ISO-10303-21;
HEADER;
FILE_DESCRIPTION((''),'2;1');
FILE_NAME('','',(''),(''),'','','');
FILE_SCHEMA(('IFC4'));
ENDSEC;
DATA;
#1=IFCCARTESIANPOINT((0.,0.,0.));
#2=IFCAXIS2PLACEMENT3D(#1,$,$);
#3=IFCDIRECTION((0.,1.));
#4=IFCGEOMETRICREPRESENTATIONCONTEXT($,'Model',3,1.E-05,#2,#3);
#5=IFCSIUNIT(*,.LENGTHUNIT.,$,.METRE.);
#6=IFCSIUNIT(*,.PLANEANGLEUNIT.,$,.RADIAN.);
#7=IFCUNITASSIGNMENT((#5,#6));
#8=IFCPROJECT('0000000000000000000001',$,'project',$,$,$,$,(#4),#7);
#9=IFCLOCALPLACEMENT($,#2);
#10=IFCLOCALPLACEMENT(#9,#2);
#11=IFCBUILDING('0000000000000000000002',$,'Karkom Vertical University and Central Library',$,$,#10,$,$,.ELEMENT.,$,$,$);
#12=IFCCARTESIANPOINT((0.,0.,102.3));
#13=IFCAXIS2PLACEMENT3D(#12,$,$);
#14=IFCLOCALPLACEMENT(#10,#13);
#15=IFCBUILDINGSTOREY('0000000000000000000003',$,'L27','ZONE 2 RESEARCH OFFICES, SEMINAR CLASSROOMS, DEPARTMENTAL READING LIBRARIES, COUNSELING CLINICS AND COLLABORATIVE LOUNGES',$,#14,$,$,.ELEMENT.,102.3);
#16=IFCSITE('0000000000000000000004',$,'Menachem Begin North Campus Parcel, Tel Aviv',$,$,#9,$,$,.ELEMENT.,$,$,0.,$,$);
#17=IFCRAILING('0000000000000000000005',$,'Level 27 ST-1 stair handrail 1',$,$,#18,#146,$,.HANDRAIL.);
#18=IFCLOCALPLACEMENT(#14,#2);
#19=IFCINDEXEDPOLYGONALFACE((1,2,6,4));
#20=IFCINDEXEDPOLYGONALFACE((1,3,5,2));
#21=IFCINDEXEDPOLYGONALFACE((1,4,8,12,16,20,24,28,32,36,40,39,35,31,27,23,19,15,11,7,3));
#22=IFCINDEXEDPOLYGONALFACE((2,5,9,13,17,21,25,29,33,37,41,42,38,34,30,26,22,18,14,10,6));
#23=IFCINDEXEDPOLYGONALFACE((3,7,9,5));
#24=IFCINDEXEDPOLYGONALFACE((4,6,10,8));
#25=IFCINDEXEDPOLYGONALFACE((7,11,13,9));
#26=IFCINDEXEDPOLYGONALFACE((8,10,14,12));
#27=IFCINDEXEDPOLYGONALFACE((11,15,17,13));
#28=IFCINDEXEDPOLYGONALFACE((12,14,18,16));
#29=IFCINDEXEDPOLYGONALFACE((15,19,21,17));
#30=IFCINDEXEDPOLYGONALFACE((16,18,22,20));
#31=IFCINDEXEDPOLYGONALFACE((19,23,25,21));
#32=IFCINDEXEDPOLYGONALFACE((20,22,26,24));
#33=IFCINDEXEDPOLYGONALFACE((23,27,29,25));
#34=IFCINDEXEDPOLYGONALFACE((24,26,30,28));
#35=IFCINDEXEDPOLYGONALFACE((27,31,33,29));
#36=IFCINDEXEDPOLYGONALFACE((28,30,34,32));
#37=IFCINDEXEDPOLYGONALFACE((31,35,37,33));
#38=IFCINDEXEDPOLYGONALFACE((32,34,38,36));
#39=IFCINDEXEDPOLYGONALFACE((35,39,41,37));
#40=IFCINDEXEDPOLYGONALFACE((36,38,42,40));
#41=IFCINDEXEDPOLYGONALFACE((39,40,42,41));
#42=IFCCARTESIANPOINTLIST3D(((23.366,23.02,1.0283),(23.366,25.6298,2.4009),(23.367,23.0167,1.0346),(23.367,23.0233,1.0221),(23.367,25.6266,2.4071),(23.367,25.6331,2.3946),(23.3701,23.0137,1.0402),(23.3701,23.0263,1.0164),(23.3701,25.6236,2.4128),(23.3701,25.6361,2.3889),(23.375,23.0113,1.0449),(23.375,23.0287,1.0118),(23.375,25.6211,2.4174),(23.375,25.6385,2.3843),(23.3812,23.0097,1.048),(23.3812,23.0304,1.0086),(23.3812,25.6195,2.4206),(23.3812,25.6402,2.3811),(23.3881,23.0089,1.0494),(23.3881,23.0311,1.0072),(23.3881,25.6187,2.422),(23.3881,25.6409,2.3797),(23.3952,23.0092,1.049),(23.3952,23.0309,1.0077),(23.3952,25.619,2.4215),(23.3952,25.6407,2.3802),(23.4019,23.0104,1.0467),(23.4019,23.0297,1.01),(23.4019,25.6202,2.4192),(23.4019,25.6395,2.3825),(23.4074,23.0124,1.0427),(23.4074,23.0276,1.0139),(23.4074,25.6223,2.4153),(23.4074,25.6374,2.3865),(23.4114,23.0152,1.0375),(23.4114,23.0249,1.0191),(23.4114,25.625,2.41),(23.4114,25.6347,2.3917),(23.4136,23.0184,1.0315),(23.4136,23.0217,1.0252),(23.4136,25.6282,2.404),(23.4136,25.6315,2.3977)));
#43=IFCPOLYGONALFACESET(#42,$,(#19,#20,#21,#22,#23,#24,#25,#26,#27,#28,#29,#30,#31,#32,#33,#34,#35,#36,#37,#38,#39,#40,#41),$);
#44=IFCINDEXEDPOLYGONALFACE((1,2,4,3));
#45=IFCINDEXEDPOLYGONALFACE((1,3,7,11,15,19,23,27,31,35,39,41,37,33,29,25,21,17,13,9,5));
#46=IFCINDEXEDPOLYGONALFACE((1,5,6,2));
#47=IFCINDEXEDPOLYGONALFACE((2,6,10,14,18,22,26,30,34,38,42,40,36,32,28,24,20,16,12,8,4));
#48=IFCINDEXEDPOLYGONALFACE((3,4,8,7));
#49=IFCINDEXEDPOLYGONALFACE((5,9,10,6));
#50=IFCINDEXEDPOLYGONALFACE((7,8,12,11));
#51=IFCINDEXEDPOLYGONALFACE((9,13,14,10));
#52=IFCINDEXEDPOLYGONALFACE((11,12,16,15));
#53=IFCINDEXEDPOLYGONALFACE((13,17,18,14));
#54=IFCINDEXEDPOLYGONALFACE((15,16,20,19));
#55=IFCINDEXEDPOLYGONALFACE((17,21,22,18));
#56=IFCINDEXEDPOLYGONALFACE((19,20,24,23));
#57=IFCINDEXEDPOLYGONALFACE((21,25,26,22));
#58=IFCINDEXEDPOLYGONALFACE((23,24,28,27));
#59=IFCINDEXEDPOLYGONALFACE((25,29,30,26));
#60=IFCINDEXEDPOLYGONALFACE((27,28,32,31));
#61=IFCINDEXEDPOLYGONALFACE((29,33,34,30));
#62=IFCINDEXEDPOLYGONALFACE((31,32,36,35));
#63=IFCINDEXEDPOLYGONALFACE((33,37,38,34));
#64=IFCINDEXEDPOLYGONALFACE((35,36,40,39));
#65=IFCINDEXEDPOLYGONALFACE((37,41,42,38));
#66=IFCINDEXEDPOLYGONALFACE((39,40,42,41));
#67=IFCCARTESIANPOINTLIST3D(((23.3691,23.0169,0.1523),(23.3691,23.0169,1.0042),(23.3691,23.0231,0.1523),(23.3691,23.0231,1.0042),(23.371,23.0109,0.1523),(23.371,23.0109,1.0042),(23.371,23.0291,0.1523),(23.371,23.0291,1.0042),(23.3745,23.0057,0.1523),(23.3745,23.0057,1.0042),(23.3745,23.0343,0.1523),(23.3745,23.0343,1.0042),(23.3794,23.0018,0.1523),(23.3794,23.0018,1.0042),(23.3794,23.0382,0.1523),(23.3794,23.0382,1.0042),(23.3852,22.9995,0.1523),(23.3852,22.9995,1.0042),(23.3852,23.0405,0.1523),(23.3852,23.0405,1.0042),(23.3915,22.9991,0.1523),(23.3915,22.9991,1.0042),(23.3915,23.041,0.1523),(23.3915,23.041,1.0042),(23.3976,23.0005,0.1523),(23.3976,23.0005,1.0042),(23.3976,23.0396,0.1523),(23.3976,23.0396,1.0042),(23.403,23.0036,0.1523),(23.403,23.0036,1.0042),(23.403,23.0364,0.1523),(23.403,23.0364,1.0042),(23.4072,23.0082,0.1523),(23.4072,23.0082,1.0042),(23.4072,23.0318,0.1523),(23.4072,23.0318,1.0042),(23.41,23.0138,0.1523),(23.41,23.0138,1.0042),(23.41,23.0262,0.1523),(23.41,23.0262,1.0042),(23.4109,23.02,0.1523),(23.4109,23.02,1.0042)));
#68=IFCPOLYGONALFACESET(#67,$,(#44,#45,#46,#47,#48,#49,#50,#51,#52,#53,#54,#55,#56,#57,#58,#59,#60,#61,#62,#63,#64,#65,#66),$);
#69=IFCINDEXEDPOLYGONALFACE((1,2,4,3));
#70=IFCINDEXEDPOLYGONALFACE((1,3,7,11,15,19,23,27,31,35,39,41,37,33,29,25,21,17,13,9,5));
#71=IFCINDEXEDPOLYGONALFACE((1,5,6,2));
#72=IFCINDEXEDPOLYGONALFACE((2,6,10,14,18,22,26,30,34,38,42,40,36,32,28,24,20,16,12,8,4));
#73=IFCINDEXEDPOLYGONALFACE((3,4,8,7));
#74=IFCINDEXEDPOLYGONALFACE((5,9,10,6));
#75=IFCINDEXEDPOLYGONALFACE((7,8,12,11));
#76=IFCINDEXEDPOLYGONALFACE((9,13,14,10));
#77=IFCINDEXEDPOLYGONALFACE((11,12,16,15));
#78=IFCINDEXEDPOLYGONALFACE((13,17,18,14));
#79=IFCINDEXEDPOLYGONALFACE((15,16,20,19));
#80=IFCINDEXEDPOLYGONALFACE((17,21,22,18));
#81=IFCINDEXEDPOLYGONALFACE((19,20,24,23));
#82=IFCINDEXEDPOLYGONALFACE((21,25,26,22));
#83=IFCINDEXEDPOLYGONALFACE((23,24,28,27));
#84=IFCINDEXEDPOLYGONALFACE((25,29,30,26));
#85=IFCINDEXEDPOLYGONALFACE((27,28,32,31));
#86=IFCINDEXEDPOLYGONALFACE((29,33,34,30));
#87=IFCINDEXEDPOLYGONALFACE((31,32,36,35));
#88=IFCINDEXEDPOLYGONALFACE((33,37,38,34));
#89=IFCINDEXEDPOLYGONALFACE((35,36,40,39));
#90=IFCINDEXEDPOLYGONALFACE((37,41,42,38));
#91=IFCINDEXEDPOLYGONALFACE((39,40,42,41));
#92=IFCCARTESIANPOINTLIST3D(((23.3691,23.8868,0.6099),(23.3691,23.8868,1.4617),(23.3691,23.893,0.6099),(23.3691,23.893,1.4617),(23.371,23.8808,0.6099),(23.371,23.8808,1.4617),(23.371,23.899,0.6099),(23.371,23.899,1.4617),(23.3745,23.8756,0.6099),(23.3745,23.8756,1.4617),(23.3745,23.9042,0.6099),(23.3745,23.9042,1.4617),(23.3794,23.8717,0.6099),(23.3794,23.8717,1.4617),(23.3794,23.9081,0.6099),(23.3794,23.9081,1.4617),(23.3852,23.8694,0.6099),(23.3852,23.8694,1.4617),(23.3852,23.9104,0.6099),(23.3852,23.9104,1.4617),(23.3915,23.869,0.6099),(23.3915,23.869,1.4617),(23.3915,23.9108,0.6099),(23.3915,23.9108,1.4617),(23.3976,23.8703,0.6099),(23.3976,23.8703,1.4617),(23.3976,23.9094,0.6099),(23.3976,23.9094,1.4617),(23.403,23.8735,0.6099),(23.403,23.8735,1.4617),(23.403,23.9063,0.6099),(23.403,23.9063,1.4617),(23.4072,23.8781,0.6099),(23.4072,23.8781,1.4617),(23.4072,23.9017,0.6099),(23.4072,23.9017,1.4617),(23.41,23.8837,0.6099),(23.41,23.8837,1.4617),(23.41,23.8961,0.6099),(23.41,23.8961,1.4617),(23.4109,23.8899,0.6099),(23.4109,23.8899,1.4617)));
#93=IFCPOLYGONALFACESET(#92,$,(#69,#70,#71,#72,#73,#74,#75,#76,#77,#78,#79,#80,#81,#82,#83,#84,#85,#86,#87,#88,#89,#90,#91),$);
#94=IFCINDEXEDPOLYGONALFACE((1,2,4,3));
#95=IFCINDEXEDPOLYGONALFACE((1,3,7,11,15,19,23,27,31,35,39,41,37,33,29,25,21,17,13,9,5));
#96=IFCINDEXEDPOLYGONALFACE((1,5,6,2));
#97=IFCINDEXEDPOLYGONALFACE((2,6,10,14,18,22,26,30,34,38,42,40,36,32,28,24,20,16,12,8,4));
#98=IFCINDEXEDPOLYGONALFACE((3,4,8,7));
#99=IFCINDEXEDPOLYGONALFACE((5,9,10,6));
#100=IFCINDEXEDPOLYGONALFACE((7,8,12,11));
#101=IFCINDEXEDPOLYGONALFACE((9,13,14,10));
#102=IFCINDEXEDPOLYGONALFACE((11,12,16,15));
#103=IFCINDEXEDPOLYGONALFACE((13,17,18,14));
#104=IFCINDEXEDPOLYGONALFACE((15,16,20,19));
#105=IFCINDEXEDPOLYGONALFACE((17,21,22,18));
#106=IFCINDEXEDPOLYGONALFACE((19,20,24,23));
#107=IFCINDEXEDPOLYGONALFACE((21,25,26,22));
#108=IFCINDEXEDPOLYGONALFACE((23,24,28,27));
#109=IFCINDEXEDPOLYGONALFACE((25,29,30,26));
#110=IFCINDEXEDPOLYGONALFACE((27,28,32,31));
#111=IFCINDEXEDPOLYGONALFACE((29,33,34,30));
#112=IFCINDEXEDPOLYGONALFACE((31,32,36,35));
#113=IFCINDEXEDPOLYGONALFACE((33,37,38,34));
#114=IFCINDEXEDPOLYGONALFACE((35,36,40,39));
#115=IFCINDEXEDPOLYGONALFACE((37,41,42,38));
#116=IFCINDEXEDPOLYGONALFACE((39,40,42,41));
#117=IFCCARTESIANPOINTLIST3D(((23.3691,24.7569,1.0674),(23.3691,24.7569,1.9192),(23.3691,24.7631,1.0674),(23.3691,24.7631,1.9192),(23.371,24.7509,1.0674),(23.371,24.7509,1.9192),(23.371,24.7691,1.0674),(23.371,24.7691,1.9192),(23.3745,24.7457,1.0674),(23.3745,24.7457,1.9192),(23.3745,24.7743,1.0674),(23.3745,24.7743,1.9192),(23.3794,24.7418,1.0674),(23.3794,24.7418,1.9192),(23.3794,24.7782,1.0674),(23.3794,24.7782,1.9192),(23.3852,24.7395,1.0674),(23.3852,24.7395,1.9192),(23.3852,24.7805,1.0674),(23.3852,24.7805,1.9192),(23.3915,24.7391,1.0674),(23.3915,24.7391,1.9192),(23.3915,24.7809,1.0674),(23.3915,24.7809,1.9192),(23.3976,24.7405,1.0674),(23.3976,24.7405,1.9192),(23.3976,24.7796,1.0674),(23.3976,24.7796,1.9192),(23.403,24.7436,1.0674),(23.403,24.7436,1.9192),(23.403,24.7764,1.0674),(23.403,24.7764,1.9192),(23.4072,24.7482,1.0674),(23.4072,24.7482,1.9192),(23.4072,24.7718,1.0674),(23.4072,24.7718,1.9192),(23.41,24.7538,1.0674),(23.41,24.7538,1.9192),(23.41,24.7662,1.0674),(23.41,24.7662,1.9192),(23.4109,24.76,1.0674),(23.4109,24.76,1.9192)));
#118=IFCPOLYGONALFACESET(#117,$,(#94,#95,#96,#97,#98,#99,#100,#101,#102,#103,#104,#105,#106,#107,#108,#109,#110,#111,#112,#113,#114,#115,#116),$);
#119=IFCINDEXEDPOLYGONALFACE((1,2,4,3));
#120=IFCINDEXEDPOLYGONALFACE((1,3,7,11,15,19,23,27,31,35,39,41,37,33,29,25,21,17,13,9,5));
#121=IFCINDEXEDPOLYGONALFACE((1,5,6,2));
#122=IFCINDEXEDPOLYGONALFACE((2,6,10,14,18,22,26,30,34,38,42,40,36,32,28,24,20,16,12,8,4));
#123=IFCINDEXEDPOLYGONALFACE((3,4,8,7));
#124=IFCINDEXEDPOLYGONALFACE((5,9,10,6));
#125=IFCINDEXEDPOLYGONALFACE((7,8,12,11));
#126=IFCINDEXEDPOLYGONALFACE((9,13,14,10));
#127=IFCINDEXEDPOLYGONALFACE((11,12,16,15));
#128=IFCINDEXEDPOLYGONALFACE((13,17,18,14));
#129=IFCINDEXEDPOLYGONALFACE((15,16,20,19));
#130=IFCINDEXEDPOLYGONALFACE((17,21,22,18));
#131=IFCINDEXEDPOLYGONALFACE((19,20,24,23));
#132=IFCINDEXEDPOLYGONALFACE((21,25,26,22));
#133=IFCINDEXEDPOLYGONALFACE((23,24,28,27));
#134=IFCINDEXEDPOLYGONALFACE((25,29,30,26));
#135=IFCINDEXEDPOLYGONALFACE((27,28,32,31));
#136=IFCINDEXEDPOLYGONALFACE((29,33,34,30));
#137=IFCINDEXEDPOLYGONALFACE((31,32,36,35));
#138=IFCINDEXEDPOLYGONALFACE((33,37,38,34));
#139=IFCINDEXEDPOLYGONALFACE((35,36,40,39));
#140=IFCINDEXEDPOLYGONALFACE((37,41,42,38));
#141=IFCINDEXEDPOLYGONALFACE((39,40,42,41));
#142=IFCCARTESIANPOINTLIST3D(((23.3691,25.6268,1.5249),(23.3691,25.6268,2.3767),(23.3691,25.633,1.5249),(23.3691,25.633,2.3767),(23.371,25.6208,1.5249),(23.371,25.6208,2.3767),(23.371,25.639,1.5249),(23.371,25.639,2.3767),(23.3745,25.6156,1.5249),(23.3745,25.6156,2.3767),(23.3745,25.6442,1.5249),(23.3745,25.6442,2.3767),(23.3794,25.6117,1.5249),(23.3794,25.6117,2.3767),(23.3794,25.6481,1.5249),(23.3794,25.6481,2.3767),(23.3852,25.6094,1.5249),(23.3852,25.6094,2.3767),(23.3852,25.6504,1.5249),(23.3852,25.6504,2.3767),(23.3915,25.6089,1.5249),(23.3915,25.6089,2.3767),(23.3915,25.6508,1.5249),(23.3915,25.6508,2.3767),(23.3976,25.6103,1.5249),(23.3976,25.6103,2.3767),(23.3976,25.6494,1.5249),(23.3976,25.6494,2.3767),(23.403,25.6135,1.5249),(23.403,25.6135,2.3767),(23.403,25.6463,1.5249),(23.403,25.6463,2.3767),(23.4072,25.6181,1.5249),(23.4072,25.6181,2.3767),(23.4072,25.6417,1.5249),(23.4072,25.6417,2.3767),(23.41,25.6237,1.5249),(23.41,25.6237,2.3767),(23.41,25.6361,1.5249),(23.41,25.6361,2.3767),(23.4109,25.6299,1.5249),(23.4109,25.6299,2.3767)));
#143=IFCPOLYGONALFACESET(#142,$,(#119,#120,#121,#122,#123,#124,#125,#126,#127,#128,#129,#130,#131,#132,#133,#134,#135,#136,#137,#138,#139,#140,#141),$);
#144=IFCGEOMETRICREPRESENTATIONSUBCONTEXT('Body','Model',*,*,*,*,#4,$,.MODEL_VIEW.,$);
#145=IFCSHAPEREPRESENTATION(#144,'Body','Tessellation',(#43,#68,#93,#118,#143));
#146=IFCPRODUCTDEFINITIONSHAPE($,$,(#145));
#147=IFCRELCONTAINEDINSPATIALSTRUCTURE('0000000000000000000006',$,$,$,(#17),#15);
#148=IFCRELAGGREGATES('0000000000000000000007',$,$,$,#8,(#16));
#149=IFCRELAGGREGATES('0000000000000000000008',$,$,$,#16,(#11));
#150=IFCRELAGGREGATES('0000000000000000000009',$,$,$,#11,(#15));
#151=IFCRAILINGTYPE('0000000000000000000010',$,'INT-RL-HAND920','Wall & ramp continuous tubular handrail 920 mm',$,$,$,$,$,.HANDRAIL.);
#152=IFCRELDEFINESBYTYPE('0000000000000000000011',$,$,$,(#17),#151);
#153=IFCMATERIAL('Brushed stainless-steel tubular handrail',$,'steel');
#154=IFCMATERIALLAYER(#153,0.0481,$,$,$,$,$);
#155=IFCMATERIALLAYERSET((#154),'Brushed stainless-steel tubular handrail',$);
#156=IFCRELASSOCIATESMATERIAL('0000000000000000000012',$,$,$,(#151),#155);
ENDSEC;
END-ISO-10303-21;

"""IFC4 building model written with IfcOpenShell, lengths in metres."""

from ifc_helpers import new_model, si_unit, direction, frame, origin, origin_2d, place, context, subcontext, project, spatial, circle, extrude, material, layer, layer_set, type_object, element, save


model = new_model("IFC4")

# Units and contexts
model_context = context("Model", 3, precision=1e-05, world=origin(), true_north=direction((0.0, 1.0)))
body_context = subcontext(model_context, "Body", "Model", "MODEL_VIEW")
ifc_project = project(units=[si_unit("LENGTHUNIT", "METRE"), si_unit("PLANEANGLEUNIT", "RADIAN")], contexts=[model_context])

# Site, building, storey
site_placement = place(None, origin())
site = spatial("IfcSite", under=ifc_project, at=site_placement, Name="Menachem Begin North Campus Parcel, Tel Aviv", CompositionType="ELEMENT", RefElevation=0.0)
building_placement = place(site_placement, origin())
building = spatial("IfcBuilding", under=site, at=building_placement, Name="Karkom Vertical University and Central Library", CompositionType="ELEMENT")
storey_placement = place(building_placement, frame((0.0, 0.0, 102.3)))
storey = spatial("IfcBuildingStorey", under=building, at=storey_placement, Name="L27", Description="ZONE 2 RESEARCH OFFICES, SEMINAR CLASSROOMS, DEPARTMENTAL READING LIBRARIES, COUNSELING CLINICS AND COLLABORATIVE LOUNGES", CompositionType="ELEMENT", Elevation=102.3)

# Railing
ifc_material_1 = material(Name="Brushed stainless-steel tubular handrail", Category="steel")
ifc_layer_1 = layer(ifc_material_1, 0.0481)
ifc_layer_set_1 = layer_set([ifc_layer_1], Name="Brushed stainless-steel tubular handrail")
railing_type_1 = type_object("IfcRailingType", Name="INT-RL-HAND920", Description="Wall & ramp continuous tubular handrail 920 mm", PredefinedType="HANDRAIL", material=ifc_layer_set_1)
railing_1_placement = place(storey_placement, frame((23.3899, 23.02, 0.1523)))
element("IfcRailing", 1, at=railing_1_placement, inside=storey, type_object=railing_type_1, Name="Level 27 ST-1 stair handrail 1", PredefinedType="HANDRAIL", context=body_context, shape_type="SweptSolid", body=[
    extrude(circle(Radius=0.0239, at=origin_2d()), frame((0.0, 0.0, 0.876), z_axis=(0.0, 0.885065, 0.465467), x_axis=(-1.0, 0.0, 0.0)), (0.0, 0.0, 1.0), 2.9487),
    extrude(circle(Radius=0.021, at=origin_2d()), origin(), (0.0, 0.0, 1.0), 0.8518),
    extrude(circle(Radius=0.021, at=origin_2d()), frame((0.0, 0.8699, 0.4575)), (0.0, 0.0, 1.0), 0.8518),
    extrude(circle(Radius=0.021, at=origin_2d()), frame((0.0, 1.74, 0.915)), (0.0, 0.0, 1.0), 0.8518),
    extrude(circle(Radius=0.021, at=origin_2d()), frame((0.0, 2.6099, 1.3726)), (0.0, 0.0, 1.0), 0.8518),
])

save(model, "model.ifc")
